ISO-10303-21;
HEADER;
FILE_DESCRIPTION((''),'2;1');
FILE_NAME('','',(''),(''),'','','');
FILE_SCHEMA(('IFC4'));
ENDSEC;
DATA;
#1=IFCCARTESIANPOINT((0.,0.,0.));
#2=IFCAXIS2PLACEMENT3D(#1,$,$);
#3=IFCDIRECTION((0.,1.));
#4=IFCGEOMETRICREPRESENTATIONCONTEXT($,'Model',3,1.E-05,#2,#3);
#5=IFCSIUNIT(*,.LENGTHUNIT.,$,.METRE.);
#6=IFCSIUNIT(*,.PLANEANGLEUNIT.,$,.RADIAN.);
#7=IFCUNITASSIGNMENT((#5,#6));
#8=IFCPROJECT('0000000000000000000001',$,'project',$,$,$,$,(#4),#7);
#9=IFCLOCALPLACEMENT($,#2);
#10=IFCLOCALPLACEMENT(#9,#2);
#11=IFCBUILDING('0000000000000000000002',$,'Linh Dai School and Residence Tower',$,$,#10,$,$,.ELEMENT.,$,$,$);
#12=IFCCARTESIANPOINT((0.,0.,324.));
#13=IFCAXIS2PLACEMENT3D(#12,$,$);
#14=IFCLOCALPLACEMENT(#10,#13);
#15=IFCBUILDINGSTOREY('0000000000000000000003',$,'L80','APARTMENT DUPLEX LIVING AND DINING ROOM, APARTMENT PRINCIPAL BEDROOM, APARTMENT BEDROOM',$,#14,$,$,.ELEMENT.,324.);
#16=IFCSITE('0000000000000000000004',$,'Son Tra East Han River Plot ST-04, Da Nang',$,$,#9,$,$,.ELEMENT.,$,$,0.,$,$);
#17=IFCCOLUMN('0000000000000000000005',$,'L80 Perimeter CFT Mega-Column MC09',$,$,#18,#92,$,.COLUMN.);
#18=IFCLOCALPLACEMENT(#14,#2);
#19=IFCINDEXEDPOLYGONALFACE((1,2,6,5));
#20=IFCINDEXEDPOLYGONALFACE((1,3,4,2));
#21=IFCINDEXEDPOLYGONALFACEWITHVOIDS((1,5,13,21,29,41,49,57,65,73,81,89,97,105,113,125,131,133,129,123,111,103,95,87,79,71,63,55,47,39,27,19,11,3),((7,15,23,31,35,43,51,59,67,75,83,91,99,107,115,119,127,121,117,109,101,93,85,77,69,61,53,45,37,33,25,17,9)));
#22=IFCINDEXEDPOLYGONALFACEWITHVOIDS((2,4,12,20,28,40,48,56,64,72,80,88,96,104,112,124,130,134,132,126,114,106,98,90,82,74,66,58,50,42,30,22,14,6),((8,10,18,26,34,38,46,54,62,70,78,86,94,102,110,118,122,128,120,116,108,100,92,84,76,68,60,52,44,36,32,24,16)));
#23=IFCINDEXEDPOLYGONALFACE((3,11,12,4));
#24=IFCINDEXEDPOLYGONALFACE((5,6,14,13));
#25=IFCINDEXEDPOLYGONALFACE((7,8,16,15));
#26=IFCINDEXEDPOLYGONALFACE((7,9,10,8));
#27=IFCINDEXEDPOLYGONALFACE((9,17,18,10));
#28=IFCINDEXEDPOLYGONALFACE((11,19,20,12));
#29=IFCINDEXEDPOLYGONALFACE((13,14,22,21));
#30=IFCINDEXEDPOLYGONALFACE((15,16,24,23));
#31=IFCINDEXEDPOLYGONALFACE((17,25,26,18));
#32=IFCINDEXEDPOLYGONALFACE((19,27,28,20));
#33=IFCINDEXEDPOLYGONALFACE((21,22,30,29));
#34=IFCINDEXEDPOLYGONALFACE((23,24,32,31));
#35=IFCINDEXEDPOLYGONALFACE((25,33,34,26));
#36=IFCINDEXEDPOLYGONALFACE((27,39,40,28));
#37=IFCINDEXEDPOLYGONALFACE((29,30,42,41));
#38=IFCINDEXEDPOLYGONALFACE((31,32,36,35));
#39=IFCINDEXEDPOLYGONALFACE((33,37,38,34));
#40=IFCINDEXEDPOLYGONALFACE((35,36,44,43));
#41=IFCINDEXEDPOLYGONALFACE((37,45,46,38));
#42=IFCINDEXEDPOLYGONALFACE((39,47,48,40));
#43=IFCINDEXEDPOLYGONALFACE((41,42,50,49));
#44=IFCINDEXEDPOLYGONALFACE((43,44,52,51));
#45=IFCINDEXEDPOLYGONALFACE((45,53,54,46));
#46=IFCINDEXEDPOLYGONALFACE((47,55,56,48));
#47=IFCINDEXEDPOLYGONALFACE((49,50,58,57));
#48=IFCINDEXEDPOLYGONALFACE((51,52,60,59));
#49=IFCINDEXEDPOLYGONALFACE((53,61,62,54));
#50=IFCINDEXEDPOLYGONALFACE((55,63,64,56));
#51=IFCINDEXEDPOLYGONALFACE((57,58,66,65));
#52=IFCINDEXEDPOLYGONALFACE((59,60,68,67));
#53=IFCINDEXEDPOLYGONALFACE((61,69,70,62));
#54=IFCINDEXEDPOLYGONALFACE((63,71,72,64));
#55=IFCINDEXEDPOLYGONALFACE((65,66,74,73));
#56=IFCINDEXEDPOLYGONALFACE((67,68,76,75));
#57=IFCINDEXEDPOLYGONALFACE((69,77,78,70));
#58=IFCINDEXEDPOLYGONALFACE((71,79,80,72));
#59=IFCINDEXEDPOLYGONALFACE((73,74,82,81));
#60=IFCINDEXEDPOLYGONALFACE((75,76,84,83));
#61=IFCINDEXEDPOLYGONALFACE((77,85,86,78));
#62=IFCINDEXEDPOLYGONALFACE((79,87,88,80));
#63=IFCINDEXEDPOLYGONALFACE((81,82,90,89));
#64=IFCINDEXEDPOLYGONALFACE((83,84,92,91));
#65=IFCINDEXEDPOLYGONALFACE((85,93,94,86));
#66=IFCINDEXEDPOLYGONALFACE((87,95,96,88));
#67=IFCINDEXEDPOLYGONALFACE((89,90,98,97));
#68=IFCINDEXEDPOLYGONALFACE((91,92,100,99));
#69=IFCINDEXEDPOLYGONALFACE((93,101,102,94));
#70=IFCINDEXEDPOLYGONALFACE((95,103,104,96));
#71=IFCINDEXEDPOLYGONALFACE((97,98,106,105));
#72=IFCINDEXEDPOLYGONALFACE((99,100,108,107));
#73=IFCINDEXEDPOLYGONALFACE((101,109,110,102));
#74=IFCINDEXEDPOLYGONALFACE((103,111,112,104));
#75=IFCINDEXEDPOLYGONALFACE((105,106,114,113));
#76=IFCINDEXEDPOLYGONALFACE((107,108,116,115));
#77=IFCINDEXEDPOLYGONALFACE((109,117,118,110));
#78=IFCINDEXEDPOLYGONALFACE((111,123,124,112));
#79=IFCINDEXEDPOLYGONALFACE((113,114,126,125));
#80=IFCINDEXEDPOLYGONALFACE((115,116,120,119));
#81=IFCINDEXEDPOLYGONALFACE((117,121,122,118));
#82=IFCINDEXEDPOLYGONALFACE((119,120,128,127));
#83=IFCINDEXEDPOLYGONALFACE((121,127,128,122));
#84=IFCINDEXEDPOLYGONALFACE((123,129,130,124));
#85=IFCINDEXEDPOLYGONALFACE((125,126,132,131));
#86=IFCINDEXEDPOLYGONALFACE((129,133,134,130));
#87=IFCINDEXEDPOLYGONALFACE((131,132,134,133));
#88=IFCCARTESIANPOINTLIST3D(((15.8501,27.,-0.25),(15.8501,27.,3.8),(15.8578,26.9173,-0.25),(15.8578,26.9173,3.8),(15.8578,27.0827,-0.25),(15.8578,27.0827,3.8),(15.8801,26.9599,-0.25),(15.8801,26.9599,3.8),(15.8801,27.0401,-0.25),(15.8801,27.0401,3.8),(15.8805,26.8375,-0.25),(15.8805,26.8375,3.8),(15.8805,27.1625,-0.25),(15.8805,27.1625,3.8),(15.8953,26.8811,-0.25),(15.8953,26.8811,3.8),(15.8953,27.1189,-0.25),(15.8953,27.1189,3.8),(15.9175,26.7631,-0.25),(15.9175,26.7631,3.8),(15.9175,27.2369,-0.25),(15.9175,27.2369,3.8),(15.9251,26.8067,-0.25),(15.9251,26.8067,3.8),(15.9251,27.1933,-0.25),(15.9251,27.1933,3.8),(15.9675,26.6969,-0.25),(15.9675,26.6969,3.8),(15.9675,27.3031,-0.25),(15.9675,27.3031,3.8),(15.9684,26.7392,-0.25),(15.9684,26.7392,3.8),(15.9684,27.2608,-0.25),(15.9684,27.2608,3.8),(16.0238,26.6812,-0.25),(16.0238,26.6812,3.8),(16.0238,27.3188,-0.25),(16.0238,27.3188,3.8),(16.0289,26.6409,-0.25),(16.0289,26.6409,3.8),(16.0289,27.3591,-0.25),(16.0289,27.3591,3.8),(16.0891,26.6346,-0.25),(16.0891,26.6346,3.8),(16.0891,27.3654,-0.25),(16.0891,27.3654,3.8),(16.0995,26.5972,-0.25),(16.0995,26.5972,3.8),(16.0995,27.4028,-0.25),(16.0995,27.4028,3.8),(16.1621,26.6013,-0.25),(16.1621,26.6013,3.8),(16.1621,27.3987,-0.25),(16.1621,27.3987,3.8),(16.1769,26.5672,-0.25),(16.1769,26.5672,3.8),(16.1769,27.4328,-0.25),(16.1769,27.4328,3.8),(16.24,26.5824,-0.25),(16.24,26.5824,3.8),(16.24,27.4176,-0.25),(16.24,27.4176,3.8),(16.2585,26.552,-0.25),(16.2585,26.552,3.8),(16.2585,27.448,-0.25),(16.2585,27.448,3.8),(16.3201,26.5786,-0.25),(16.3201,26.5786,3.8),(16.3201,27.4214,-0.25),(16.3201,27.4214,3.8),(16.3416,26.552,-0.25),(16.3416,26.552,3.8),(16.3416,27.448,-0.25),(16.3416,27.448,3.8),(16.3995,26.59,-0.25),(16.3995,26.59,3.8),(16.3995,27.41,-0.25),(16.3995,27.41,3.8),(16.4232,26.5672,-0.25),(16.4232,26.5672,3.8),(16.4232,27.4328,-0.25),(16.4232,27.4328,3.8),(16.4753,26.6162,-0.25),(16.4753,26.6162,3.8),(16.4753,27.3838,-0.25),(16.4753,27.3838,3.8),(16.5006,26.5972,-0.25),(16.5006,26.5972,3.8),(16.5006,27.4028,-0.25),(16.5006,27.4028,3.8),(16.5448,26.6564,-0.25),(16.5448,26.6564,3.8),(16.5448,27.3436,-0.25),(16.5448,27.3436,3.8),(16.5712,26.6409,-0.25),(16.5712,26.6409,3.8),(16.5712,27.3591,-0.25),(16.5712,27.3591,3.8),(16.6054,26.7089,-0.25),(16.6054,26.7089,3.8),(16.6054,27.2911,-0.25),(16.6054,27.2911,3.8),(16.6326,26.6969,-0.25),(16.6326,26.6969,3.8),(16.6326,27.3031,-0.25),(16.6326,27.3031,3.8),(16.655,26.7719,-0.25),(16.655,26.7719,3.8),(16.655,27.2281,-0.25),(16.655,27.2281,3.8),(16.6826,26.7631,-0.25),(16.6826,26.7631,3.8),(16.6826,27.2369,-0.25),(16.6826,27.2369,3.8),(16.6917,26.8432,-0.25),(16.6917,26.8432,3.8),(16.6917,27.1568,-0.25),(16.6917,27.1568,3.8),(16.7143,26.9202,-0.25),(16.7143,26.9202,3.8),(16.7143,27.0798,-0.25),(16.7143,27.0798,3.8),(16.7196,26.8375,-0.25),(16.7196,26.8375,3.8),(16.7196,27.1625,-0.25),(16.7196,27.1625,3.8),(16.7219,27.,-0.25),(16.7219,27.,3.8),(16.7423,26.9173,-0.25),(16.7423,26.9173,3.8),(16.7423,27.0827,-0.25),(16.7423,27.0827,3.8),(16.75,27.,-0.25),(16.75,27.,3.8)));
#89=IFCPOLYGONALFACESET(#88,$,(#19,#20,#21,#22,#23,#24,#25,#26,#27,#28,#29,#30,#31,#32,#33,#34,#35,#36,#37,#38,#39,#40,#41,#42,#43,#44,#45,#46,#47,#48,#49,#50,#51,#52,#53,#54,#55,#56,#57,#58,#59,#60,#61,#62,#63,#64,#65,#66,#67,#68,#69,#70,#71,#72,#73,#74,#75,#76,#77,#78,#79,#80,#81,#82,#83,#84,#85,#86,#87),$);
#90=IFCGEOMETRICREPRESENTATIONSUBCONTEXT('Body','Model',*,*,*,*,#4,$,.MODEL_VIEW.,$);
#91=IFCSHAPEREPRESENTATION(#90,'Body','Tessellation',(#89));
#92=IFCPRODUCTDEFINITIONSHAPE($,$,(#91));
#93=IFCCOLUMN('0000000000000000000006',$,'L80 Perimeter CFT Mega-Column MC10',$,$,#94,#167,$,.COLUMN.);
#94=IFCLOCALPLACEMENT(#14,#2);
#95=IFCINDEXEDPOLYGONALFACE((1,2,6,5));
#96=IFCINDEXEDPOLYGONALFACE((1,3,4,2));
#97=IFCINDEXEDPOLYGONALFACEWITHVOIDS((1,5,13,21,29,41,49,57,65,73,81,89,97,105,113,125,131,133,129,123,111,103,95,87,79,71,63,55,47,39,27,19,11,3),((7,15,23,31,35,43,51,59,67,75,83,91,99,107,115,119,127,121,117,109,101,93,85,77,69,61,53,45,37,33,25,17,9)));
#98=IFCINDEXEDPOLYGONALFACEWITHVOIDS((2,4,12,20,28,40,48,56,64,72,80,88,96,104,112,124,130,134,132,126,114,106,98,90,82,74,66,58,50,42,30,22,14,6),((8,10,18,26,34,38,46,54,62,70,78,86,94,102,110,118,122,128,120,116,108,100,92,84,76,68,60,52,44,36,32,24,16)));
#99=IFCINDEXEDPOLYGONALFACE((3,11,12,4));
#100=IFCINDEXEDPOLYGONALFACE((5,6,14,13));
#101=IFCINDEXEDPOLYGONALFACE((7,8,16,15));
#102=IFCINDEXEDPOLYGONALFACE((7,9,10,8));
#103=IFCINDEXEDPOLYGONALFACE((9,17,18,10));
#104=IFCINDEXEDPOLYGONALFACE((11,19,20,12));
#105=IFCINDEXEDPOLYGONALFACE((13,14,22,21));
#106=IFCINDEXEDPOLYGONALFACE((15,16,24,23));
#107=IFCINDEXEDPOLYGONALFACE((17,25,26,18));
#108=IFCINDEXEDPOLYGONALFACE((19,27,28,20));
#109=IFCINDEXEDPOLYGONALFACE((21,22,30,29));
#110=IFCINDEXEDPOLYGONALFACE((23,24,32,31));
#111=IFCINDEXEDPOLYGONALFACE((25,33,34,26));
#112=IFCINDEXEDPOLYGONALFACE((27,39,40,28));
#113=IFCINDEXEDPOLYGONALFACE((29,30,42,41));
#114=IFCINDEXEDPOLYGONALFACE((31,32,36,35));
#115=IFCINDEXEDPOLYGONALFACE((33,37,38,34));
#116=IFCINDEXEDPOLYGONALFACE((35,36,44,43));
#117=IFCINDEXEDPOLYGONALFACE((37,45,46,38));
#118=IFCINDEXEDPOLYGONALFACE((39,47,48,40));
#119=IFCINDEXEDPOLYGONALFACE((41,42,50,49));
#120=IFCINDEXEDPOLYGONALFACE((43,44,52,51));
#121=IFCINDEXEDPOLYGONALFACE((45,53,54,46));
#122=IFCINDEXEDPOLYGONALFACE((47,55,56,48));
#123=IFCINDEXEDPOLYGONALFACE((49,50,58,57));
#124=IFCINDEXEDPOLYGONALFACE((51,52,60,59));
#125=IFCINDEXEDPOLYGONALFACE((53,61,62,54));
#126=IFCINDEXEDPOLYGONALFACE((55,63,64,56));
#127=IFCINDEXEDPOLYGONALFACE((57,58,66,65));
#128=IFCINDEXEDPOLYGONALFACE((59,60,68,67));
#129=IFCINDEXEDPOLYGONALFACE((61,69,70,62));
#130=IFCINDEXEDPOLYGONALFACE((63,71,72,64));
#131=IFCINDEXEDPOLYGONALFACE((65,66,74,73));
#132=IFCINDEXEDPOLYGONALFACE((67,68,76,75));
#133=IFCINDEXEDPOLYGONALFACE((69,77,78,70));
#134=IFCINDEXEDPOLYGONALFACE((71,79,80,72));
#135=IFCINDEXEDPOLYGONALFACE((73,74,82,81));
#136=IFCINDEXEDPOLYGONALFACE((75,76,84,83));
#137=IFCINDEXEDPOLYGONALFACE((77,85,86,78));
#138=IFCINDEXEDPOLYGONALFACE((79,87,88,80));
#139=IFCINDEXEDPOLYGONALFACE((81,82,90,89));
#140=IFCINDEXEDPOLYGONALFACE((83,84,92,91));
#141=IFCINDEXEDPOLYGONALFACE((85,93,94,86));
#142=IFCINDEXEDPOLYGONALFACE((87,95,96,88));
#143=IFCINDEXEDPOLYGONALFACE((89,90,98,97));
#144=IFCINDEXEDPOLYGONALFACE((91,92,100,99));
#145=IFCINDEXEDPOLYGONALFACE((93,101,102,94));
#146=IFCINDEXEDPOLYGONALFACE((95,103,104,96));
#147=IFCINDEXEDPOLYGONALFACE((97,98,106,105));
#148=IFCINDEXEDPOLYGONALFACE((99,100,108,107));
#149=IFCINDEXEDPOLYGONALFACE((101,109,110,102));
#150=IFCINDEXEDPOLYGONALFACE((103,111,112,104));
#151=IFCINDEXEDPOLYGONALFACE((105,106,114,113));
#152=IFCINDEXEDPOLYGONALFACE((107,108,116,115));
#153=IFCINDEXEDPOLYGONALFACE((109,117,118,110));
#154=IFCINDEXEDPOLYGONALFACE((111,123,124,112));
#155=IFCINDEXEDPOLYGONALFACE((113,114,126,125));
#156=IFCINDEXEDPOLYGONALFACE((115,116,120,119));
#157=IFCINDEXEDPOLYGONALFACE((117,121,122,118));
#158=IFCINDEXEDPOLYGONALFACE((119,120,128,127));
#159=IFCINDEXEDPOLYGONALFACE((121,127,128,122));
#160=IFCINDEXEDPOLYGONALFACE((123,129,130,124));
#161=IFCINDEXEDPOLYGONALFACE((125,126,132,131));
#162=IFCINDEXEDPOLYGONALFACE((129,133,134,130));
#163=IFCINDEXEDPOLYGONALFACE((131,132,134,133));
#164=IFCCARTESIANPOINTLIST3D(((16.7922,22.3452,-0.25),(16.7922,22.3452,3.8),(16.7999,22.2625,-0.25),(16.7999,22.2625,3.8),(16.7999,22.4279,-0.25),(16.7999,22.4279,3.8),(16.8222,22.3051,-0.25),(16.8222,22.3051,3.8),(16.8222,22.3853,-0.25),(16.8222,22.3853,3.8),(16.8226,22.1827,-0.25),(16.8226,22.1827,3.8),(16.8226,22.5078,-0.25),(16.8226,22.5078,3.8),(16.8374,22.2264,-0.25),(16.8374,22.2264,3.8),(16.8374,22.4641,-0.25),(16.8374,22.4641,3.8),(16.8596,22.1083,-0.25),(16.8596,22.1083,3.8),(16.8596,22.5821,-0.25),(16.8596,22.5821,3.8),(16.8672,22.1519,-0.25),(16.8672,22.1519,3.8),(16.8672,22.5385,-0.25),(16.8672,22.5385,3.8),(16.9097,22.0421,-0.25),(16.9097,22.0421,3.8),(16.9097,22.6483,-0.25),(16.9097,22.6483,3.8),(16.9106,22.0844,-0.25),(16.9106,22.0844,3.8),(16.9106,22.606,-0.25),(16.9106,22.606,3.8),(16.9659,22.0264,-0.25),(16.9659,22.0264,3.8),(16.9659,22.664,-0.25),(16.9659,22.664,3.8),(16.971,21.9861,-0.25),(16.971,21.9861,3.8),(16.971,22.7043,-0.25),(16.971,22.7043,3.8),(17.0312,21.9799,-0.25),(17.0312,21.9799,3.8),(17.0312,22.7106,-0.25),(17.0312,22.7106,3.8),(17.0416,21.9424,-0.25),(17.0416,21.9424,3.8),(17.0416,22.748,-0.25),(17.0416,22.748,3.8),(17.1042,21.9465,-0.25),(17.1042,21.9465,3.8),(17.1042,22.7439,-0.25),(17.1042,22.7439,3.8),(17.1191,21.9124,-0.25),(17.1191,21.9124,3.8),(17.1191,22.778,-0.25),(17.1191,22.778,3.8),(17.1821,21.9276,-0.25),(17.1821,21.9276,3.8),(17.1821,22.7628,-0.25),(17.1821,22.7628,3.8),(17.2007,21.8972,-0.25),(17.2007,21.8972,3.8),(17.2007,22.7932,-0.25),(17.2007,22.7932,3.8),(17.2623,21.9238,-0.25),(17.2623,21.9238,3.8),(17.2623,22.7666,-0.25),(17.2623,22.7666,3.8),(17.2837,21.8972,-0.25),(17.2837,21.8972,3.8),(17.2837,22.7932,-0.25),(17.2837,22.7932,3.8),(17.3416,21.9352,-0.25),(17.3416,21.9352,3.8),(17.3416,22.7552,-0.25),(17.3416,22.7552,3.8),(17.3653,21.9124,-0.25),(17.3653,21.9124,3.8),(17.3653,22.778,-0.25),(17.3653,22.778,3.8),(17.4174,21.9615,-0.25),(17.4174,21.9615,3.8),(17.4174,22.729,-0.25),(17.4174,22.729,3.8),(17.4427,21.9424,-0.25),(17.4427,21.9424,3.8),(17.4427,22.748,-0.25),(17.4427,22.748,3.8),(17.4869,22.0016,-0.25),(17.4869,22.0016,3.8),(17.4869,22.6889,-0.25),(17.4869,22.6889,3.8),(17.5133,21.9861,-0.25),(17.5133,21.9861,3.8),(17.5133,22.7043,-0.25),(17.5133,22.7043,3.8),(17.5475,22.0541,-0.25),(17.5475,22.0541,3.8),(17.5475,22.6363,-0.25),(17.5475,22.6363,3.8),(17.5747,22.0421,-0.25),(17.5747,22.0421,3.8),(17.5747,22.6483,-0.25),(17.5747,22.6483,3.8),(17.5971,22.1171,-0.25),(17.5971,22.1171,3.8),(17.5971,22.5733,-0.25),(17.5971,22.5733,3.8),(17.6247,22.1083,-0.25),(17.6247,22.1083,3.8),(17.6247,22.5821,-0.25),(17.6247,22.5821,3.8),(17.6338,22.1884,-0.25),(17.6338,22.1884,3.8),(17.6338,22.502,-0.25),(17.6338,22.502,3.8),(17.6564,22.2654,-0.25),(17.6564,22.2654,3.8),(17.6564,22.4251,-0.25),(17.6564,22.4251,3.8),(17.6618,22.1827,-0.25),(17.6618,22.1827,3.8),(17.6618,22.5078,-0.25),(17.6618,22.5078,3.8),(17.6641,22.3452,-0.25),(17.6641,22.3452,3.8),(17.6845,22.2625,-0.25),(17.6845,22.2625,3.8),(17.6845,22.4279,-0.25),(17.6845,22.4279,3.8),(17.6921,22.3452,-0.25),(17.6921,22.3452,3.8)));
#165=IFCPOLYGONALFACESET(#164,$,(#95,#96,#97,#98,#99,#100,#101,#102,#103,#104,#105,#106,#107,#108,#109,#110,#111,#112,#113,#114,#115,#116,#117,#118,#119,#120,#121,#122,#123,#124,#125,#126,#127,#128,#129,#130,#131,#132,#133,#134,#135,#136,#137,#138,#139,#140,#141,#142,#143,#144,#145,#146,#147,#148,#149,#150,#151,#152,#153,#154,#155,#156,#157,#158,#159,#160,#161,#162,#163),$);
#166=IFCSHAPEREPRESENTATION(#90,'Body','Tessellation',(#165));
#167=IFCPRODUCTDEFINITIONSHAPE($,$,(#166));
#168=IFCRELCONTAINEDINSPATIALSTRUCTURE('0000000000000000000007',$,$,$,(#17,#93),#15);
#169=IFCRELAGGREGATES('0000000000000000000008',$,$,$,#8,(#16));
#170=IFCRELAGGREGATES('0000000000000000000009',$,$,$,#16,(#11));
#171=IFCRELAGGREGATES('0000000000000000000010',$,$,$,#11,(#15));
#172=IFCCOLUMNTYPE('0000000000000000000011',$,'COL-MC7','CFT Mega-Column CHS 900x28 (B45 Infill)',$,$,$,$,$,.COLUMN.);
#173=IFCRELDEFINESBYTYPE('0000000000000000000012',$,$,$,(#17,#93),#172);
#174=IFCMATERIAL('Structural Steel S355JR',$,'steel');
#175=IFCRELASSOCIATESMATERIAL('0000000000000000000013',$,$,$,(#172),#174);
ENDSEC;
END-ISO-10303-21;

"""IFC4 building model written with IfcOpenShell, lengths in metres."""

from ifc_helpers import new_model, si_unit, direction, frame, origin, origin_2d, place, context, subcontext, project, spatial, hollow_circle, extrude, material, material_profile, profile_set, type_object, element, save


model = new_model("IFC4")

# Units and contexts
model_context = context("Model", 3, precision=1e-05, world=origin(), true_north=direction((0.0, 1.0)))
body_context = subcontext(model_context, "Body", "Model", "MODEL_VIEW")
ifc_project = project(units=[si_unit("LENGTHUNIT", "METRE"), si_unit("PLANEANGLEUNIT", "RADIAN")], contexts=[model_context])

# Site, building, storey
site_placement = place(None, origin())
site = spatial("IfcSite", under=ifc_project, at=site_placement, Name="Son Tra East Han River Plot ST-04, Da Nang", CompositionType="ELEMENT", RefElevation=0.0)
building_placement = place(site_placement, origin())
building = spatial("IfcBuilding", under=site, at=building_placement, Name="Linh Dai School and Residence Tower", CompositionType="ELEMENT")
storey_placement = place(building_placement, frame((0.0, 0.0, 324.0)))
storey = spatial("IfcBuildingStorey", under=building, at=storey_placement, Name="L80", Description="APARTMENT DUPLEX LIVING AND DINING ROOM, APARTMENT PRINCIPAL BEDROOM, APARTMENT BEDROOM", CompositionType="ELEMENT", Elevation=324.0)

# Columns
ifc_material_1 = material(Name="Structural Steel S355JR", Category="steel")
ifc_material_profile_1 = material_profile(ifc_material_1, hollow_circle(Radius=0.45, WallThickness=0.0281, at=origin_2d()), Name="CHS 900x28")
ifc_profile_set_1 = profile_set([ifc_material_profile_1], Name="Structural Steel S355JR")
column_type = type_object("IfcColumnType", Name="COL-MC7", Description="CFT Mega-Column CHS 900x28 (B45 Infill)", PredefinedType="COLUMN", material=ifc_profile_set_1)
for number, where, z_axis, x_axis, name in (
    (1, (16.3, 27.0, -0.25), (0.0, 0.0, 1.0), (1.0, 0.0, 0.0), "L80 Perimeter CFT Mega-Column MC09"),
    (2, (17.2422, 22.3452, -0.25), (0.0, 0.0, 1.0), (1.0, 0.0, 0.0), "L80 Perimeter CFT Mega-Column MC10"),
):
    element("IfcColumn", number, at=place(storey_placement, frame(where, z_axis=z_axis, x_axis=x_axis)), inside=storey, type_object=column_type, Name=name, PredefinedType="COLUMN", context=body_context, shape_type="SweptSolid", body=[
        extrude(hollow_circle(Radius=0.45, WallThickness=0.0281, at=origin_2d()), origin(), (0.0, 0.0, 1.0), 4.05),
    ])

save(model, "model.ifc")
